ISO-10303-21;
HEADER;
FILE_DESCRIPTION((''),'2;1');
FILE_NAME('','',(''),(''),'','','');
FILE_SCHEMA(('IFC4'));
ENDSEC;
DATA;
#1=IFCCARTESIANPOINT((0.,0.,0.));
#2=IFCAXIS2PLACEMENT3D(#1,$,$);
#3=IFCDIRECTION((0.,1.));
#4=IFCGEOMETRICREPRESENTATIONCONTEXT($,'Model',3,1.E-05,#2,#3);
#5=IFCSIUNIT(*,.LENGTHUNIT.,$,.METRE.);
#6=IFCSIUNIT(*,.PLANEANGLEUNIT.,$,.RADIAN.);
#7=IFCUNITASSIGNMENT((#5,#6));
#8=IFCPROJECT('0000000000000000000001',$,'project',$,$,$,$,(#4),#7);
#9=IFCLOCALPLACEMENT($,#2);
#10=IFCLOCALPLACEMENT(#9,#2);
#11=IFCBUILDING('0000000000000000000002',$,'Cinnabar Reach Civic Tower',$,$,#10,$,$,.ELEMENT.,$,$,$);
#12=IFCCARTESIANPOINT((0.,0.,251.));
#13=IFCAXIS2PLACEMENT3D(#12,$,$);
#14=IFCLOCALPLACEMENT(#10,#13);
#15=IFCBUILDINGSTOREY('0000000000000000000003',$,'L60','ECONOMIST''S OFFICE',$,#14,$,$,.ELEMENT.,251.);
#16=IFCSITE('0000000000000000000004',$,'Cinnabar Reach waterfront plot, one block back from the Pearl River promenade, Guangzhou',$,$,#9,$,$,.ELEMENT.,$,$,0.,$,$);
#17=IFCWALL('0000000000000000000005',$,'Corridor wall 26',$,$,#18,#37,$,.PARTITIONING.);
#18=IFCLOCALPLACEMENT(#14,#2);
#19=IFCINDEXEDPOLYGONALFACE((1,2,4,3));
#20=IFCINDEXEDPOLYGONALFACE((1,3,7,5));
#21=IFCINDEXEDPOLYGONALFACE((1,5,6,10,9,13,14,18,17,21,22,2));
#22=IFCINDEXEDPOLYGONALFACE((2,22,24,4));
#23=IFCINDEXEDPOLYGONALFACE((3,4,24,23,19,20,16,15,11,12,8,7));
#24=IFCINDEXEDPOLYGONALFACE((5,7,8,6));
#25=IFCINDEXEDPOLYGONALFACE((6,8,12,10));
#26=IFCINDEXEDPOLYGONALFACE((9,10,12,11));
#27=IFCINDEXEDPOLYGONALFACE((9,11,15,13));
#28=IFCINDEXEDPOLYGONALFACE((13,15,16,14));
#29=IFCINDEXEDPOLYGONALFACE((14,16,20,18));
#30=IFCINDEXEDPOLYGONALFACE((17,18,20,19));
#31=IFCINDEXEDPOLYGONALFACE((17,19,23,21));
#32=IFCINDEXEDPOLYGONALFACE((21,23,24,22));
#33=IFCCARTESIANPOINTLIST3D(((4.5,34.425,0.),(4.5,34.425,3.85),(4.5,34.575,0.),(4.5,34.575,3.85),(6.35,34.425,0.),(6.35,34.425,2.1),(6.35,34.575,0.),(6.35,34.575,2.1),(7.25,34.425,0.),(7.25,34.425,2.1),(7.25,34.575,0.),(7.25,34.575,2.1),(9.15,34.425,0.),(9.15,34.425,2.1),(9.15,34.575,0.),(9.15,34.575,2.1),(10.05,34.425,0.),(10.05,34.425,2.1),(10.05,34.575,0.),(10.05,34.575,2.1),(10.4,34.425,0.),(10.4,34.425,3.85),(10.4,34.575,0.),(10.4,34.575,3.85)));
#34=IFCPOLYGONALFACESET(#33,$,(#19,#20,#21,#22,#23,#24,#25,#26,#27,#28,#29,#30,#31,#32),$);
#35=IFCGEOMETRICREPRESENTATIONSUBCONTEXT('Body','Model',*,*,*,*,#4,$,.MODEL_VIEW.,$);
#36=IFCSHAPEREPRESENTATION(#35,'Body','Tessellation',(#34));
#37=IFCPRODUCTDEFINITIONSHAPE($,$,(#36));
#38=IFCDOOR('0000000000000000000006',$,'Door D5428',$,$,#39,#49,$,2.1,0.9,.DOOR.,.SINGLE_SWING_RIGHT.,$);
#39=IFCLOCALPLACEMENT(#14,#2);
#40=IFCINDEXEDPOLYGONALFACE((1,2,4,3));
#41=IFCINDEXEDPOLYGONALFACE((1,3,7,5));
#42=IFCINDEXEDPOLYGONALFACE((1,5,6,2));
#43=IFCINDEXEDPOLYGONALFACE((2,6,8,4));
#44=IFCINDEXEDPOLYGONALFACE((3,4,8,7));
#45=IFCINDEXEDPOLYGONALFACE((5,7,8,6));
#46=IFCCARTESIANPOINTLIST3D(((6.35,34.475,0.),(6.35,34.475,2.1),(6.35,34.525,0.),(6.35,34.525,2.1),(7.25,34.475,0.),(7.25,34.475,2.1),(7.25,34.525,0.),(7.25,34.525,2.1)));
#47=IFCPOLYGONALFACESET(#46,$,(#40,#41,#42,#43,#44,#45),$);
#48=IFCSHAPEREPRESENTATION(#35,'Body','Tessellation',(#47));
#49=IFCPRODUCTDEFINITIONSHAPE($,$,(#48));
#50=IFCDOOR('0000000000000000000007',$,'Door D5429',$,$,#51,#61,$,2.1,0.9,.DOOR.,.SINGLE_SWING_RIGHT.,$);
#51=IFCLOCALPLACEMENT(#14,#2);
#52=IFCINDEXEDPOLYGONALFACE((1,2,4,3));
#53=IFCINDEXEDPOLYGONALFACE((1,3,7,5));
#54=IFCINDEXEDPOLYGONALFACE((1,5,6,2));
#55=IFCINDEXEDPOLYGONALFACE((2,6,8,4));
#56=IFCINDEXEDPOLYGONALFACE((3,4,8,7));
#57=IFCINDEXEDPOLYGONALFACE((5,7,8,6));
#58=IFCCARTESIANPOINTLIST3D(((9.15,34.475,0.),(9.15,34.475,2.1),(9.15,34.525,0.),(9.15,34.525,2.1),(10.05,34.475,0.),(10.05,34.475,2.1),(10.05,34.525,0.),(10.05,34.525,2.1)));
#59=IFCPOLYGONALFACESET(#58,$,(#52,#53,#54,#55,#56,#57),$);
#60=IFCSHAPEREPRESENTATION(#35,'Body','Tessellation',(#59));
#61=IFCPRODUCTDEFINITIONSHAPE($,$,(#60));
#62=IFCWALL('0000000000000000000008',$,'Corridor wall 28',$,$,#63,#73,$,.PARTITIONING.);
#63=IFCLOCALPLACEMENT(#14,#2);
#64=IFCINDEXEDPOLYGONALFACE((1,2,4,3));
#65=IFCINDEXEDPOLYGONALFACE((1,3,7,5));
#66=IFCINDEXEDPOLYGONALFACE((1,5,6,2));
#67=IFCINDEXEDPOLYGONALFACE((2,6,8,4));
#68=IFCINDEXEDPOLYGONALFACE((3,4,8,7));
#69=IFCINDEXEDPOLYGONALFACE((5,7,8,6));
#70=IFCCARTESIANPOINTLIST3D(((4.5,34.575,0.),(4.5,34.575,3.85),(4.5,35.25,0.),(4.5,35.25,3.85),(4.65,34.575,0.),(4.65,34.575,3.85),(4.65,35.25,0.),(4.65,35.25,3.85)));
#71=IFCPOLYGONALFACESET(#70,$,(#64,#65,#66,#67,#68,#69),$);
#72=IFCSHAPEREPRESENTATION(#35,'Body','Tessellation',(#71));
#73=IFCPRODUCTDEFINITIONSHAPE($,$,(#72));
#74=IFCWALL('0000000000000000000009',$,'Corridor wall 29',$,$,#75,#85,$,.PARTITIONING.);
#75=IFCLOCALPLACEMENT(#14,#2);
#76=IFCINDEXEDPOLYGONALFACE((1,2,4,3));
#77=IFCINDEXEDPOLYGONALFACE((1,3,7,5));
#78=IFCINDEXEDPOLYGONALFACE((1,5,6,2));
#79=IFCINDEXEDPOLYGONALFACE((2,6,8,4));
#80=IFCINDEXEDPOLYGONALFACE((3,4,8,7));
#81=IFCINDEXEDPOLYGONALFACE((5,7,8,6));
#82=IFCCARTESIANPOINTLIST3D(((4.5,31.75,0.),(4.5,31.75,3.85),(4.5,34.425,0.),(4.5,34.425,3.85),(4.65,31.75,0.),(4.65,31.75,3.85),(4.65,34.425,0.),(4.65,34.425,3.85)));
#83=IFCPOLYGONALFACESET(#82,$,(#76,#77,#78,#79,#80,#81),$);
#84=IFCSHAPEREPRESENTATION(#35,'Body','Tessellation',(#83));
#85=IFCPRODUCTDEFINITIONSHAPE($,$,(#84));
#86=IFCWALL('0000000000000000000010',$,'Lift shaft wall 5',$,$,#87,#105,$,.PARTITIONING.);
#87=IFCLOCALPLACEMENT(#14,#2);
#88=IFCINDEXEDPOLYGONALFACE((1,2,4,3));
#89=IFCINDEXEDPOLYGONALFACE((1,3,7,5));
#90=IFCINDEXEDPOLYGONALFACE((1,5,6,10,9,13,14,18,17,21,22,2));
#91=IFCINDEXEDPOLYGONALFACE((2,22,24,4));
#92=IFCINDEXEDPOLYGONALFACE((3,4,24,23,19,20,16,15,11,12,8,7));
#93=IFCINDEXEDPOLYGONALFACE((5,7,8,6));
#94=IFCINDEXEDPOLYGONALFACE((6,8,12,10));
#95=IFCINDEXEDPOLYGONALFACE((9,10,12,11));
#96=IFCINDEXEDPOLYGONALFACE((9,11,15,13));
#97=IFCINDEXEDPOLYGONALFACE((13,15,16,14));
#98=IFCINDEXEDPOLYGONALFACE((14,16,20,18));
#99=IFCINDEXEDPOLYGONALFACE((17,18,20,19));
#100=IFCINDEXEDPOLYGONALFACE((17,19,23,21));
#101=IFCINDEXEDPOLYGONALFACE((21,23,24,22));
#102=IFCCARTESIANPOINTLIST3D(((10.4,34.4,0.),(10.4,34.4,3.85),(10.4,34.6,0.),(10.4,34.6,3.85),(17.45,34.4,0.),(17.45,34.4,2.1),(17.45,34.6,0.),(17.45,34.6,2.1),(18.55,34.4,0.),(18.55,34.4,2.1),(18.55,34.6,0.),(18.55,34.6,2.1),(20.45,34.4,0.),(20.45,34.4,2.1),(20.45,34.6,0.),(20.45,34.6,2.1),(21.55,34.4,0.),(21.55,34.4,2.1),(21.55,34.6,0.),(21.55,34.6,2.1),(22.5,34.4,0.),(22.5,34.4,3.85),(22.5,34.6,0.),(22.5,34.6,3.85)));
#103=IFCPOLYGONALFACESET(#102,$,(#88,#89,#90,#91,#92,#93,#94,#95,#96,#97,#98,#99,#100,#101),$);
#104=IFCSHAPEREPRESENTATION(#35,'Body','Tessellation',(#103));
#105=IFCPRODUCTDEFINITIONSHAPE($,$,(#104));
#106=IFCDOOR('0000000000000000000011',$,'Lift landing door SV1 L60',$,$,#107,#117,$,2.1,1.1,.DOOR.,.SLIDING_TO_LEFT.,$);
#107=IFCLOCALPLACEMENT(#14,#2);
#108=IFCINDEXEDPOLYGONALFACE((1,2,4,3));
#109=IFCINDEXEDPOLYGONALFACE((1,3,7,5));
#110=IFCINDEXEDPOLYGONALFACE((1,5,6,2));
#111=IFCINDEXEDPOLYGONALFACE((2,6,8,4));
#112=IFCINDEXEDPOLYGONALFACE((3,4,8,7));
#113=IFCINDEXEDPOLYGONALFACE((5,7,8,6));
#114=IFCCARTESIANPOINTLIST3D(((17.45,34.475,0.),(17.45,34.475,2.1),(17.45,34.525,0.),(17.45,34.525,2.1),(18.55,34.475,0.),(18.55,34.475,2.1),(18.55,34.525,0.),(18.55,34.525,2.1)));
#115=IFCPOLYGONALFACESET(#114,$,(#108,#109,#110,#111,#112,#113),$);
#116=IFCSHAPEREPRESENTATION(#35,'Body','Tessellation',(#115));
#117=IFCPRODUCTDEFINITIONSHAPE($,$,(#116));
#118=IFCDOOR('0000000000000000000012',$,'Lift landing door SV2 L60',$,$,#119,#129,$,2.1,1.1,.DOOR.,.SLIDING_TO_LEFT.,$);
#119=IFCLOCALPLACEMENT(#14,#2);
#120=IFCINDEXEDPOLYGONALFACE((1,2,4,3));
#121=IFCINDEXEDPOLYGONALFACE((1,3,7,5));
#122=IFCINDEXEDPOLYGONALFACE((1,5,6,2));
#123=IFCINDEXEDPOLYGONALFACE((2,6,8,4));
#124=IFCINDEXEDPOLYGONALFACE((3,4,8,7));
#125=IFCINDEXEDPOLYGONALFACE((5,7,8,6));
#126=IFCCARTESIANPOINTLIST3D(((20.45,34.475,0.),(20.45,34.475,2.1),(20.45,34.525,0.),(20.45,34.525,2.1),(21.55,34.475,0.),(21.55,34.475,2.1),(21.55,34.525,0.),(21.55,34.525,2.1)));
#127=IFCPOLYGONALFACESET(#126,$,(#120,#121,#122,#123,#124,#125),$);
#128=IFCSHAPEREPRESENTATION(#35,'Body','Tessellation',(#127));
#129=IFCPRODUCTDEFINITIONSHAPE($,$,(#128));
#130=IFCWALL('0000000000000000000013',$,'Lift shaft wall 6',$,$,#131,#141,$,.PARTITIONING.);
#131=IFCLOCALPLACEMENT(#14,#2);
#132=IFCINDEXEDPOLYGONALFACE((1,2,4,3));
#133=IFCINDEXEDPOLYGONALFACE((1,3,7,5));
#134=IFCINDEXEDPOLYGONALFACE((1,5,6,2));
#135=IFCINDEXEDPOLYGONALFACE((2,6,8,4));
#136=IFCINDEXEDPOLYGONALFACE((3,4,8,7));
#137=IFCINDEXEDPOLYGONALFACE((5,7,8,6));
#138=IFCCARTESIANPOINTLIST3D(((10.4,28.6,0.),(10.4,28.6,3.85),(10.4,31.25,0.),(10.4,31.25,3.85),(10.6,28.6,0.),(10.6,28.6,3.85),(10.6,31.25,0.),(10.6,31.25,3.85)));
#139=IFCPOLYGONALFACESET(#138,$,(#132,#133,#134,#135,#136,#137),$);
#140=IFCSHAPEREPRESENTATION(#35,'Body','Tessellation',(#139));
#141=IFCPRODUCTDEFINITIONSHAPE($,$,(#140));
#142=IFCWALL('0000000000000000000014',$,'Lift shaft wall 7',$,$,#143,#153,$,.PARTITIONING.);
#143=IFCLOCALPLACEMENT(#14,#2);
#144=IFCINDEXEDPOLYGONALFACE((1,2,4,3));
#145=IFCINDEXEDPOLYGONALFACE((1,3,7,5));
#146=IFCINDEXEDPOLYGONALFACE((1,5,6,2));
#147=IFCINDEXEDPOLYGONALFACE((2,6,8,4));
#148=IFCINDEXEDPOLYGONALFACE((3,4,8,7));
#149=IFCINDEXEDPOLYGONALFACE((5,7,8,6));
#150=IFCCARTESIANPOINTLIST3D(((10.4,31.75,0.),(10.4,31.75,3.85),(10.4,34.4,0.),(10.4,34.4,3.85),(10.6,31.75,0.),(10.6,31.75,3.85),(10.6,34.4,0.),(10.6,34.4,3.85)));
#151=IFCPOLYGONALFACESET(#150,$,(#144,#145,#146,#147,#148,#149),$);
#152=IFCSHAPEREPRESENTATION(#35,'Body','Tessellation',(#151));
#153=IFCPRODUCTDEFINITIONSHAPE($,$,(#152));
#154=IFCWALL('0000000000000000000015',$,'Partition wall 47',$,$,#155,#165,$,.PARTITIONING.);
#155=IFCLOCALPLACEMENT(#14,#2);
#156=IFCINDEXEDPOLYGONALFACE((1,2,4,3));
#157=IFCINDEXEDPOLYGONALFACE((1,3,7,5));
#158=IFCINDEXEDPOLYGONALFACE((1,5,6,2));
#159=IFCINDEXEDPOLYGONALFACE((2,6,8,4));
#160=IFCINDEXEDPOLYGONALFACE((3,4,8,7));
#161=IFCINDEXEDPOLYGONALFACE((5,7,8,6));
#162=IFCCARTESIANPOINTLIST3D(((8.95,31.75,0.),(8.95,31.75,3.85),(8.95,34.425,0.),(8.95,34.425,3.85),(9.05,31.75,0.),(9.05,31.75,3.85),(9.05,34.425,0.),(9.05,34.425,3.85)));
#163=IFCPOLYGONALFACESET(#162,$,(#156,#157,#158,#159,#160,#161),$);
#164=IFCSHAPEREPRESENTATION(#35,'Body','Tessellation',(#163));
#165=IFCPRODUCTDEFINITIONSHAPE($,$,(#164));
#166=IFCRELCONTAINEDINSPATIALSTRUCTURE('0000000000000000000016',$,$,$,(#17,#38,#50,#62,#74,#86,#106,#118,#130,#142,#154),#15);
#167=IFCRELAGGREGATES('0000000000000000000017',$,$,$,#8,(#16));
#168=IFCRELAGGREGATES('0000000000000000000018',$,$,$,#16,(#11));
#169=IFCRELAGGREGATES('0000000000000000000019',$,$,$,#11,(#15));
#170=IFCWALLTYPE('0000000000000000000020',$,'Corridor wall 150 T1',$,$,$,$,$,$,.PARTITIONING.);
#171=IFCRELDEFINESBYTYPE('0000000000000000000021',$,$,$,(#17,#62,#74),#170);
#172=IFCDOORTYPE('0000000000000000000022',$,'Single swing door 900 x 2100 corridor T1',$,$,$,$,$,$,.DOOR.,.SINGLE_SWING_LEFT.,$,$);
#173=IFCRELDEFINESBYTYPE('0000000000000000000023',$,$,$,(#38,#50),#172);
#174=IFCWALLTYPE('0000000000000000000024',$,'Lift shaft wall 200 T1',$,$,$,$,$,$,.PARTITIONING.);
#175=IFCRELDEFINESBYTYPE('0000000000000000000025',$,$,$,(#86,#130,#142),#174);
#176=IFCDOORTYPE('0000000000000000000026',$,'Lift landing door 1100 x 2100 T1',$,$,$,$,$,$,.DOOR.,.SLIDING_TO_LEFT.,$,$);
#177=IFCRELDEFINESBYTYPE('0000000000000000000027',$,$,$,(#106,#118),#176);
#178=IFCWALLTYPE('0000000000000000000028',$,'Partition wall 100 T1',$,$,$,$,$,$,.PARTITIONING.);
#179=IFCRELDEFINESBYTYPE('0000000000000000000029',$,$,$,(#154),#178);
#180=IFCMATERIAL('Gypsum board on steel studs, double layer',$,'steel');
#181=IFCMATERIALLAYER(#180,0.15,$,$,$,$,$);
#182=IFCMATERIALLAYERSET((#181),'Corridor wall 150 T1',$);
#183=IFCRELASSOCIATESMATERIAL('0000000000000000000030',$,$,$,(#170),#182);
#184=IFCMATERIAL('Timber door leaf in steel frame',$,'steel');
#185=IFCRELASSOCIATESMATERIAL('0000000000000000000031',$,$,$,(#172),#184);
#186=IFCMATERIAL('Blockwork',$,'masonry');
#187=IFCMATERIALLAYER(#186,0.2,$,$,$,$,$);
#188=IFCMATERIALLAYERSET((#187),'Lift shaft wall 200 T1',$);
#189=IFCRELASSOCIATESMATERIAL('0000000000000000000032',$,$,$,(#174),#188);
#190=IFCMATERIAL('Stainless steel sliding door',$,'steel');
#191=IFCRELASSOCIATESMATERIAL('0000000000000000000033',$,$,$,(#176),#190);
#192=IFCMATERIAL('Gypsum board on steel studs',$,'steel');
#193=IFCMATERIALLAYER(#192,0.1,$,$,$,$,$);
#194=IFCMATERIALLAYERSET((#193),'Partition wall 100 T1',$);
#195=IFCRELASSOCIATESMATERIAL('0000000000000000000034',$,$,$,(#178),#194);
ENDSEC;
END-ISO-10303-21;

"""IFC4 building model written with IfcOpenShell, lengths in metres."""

from ifc_helpers import new_model, si_unit, direction, frame, frame_2d, origin, place, context, subcontext, project, spatial, rectangle, extrude, material, layer, layer_set, type_object, element, fill, save


model = new_model("IFC4")

# Units and contexts
model_context = context("Model", 3, precision=1e-05, world=origin(), true_north=direction((0.0, 1.0)))
body_context = subcontext(model_context, "Body", "Model", "MODEL_VIEW")
ifc_project = project(units=[si_unit("LENGTHUNIT", "METRE"), si_unit("PLANEANGLEUNIT", "RADIAN")], contexts=[model_context])

# Site, building, storey
site_placement = place(None, origin())
site = spatial("IfcSite", under=ifc_project, at=site_placement, Name="Cinnabar Reach waterfront plot, one block back from the Pearl River promenade, Guangzhou", CompositionType="ELEMENT", RefElevation=0.0)
building_placement = place(site_placement, origin())
building = spatial("IfcBuilding", under=site, at=building_placement, Name="Cinnabar Reach Civic Tower", CompositionType="ELEMENT")
storey_placement = place(building_placement, frame((0.0, 0.0, 251.0)))
storey = spatial("IfcBuildingStorey", under=building, at=storey_placement, Name="L60", Description="ECONOMIST'S OFFICE", CompositionType="ELEMENT", Elevation=251.0)

# Shared definitions
ifc_material_1 = material(Name="Timber door leaf in steel frame", Category="steel")

# Wall, openings, doors
ifc_material_2 = material(Name="Gypsum board on steel studs, double layer", Category="steel")
ifc_layer_1 = layer(ifc_material_2, 0.15)
ifc_layer_set_1 = layer_set([ifc_layer_1], Name="Corridor wall 150 T1")
wall_type_1 = type_object("IfcWallType", Name="Corridor wall 150 T1", PredefinedType="PARTITIONING", material=ifc_layer_set_1)
wall_1_placement = place(storey_placement, frame((4.5, 34.5, 0.0), z_axis=(0.0, 0.0, 1.0), x_axis=(1.0, 0.0, 0.0)))
wall_1 = element("IfcWall", 1, at=wall_1_placement, inside=storey, type_object=wall_type_1, Name="Corridor wall 26", PredefinedType="PARTITIONING", context=body_context, shape_type="SweptSolid", body=[
    extrude(rectangle(XDim=5.9, YDim=0.15, at=frame_2d((2.95, 0.0))), origin(), (0.0, 0.0, 1.0), 3.85),
])
opening_1_placement = place(wall_1_placement, frame((1.85, 0.0, 0.0)))
opening_1 = element("IfcOpeningElement", 2, at=opening_1_placement, cuts=wall_1, PredefinedType="OPENING", context=body_context, shape_type="SweptSolid", body=[
    extrude(rectangle(XDim=0.9, YDim=2.1, at=frame_2d((0.45, 1.05))), frame((0.0, 0.085, 0.0), z_axis=(0.0, -1.0, 0.0), x_axis=(1.0, 0.0, 0.0)), (0.0, 0.0, 1.0), 0.17),
])
opening_2_placement = place(wall_1_placement, frame((4.65, 0.0, 0.0)))
opening_2 = element("IfcOpeningElement", 3, at=opening_2_placement, cuts=wall_1, PredefinedType="OPENING", context=body_context, shape_type="SweptSolid", body=[
    extrude(rectangle(XDim=0.9, YDim=2.1, at=frame_2d((0.45, 1.05))), frame((0.0, 0.085, 0.0), z_axis=(0.0, -1.0, 0.0), x_axis=(1.0, 0.0, 0.0)), (0.0, 0.0, 1.0), 0.17),
])
door_type_1 = type_object("IfcDoorType", Name="Single swing door 900 x 2100 corridor T1", OperationType="SINGLE_SWING_LEFT", PredefinedType="DOOR", material=ifc_material_1)
door_1_placement = place(opening_1_placement, frame((0.9, 0.0, 0.0), z_axis=(0.0, 0.0, 1.0), x_axis=(-1.0, 0.0, 0.0)))
door_1 = element("IfcDoor", 4, at=door_1_placement, inside=storey, type_object=door_type_1, Name="Door D5428", OperationType="SINGLE_SWING_RIGHT", OverallHeight=2.1, OverallWidth=0.9, PredefinedType="DOOR", context=body_context, shape_type="SweptSolid", body=[
    extrude(rectangle(XDim=0.9, YDim=2.1, at=frame_2d((0.45, 1.05))), frame((0.0, 0.025, 0.0), z_axis=(0.0, -1.0, 0.0), x_axis=(1.0, 0.0, 0.0)), (0.0, 0.0, 1.0), 0.05),
])
fill(opening_1, door_1)
door_2_placement = place(opening_2_placement, frame((0.9, 0.0, 0.0), z_axis=(0.0, 0.0, 1.0), x_axis=(-1.0, 0.0, 0.0)))
door_2 = element("IfcDoor", 5, at=door_2_placement, inside=storey, type_object=door_type_1, Name="Door D5429", OperationType="SINGLE_SWING_RIGHT", OverallHeight=2.1, OverallWidth=0.9, PredefinedType="DOOR", context=body_context, shape_type="SweptSolid", body=[
    extrude(rectangle(XDim=0.9, YDim=2.1, at=frame_2d((0.45, 1.05))), frame((0.0, 0.025, 0.0), z_axis=(0.0, -1.0, 0.0), x_axis=(1.0, 0.0, 0.0)), (0.0, 0.0, 1.0), 0.05),
])
fill(opening_2, door_2)

# Walls
wall_2_placement = place(storey_placement, frame((4.575, 34.575, 0.0), z_axis=(0.0, 0.0, 1.0), x_axis=(0.0, 1.0, 0.0)))
element("IfcWall", 6, at=wall_2_placement, inside=storey, type_object=wall_type_1, Name="Corridor wall 28", PredefinedType="PARTITIONING", context=body_context, shape_type="SweptSolid", body=[
    extrude(rectangle(XDim=0.675, YDim=0.15, at=frame_2d((0.3375, 0.0))), origin(), (0.0, 0.0, 1.0), 3.85),
])
wall_3_placement = place(storey_placement, frame((4.575, 31.75, 0.0), z_axis=(0.0, 0.0, 1.0), x_axis=(0.0, 1.0, 0.0)))
element("IfcWall", 7, at=wall_3_placement, inside=storey, type_object=wall_type_1, Name="Corridor wall 29", PredefinedType="PARTITIONING", context=body_context, shape_type="SweptSolid", body=[
    extrude(rectangle(XDim=2.675, YDim=0.15, at=frame_2d((1.3375, 0.0))), origin(), (0.0, 0.0, 1.0), 3.85),
])

# Wall, openings, doors
ifc_material_3 = material(Name="Blockwork", Category="masonry")
ifc_layer_2 = layer(ifc_material_3, 0.2)
ifc_layer_set_2 = layer_set([ifc_layer_2], Name="Lift shaft wall 200 T1")
wall_type_2 = type_object("IfcWallType", Name="Lift shaft wall 200 T1", PredefinedType="PARTITIONING", material=ifc_layer_set_2)
wall_4_placement = place(storey_placement, frame((10.4, 34.5, 0.0), z_axis=(0.0, 0.0, 1.0), x_axis=(1.0, 0.0, 0.0)))
wall_4 = element("IfcWall", 8, at=wall_4_placement, inside=storey, type_object=wall_type_2, Name="Lift shaft wall 5", PredefinedType="PARTITIONING", context=body_context, shape_type="SweptSolid", body=[
    extrude(rectangle(XDim=12.1, YDim=0.2, at=frame_2d((6.05, 0.0))), origin(), (0.0, 0.0, 1.0), 3.85),
])
opening_3_placement = place(wall_4_placement, frame((7.05, 0.0, 0.0)))
opening_3 = element("IfcOpeningElement", 9, at=opening_3_placement, cuts=wall_4, PredefinedType="OPENING", context=body_context, shape_type="SweptSolid", body=[
    extrude(rectangle(XDim=1.1, YDim=2.1, at=frame_2d((0.55, 1.05))), frame((0.0, 0.11, 0.0), z_axis=(0.0, -1.0, 0.0), x_axis=(1.0, 0.0, 0.0)), (0.0, 0.0, 1.0), 0.22),
])
opening_4_placement = place(wall_4_placement, frame((10.05, 0.0, 0.0)))
opening_4 = element("IfcOpeningElement", 10, at=opening_4_placement, cuts=wall_4, PredefinedType="OPENING", context=body_context, shape_type="SweptSolid", body=[
    extrude(rectangle(XDim=1.1, YDim=2.1, at=frame_2d((0.55, 1.05))), frame((0.0, 0.11, 0.0), z_axis=(0.0, -1.0, 0.0), x_axis=(1.0, 0.0, 0.0)), (0.0, 0.0, 1.0), 0.22),
])
ifc_material_4 = material(Name="Stainless steel sliding door", Category="steel")
door_type_2 = type_object("IfcDoorType", Name="Lift landing door 1100 x 2100 T1", OperationType="SLIDING_TO_LEFT", PredefinedType="DOOR", material=ifc_material_4)
door_3_placement = place(opening_3_placement, origin())
door_3 = element("IfcDoor", 11, at=door_3_placement, inside=storey, type_object=door_type_2, Name="Lift landing door SV1 L60", OperationType="SLIDING_TO_LEFT", OverallHeight=2.1, OverallWidth=1.1, PredefinedType="DOOR", context=body_context, shape_type="SweptSolid", body=[
    extrude(rectangle(XDim=1.1, YDim=2.1, at=frame_2d((0.55, 1.05))), frame((0.0, 0.025, 0.0), z_axis=(0.0, -1.0, 0.0), x_axis=(1.0, 0.0, 0.0)), (0.0, 0.0, 1.0), 0.05),
])
fill(opening_3, door_3)
door_4_placement = place(opening_4_placement, origin())
door_4 = element("IfcDoor", 12, at=door_4_placement, inside=storey, type_object=door_type_2, Name="Lift landing door SV2 L60", OperationType="SLIDING_TO_LEFT", OverallHeight=2.1, OverallWidth=1.1, PredefinedType="DOOR", context=body_context, shape_type="SweptSolid", body=[
    extrude(rectangle(XDim=1.1, YDim=2.1, at=frame_2d((0.55, 1.05))), frame((0.0, 0.025, 0.0), z_axis=(0.0, -1.0, 0.0), x_axis=(1.0, 0.0, 0.0)), (0.0, 0.0, 1.0), 0.05),
])
fill(opening_4, door_4)

# Walls
for number, where, z_axis, x_axis, name in (
    (13, (10.5, 28.6, 0.0), (0.0, 0.0, 1.0), (0.0, 1.0, 0.0), "Lift shaft wall 6"),
    (14, (10.5, 31.75, 0.0), (0.0, 0.0, 1.0), (0.0, 1.0, 0.0), "Lift shaft wall 7"),
):
    element("IfcWall", number, at=place(storey_placement, frame(where, z_axis=z_axis, x_axis=x_axis)), inside=storey, type_object=wall_type_2, Name=name, PredefinedType="PARTITIONING", context=body_context, shape_type="SweptSolid", body=[
        extrude(rectangle(XDim=2.65, YDim=0.2, at=frame_2d((1.325, 0.0))), origin(), (0.0, 0.0, 1.0), 3.85),
    ])
ifc_material_5 = material(Name="Gypsum board on steel studs", Category="steel")
ifc_layer_3 = layer(ifc_material_5, 0.1)
ifc_layer_set_3 = layer_set([ifc_layer_3], Name="Partition wall 100 T1")
wall_type_3 = type_object("IfcWallType", Name="Partition wall 100 T1", PredefinedType="PARTITIONING", material=ifc_layer_set_3)
wall_5_placement = place(storey_placement, frame((9.0, 31.75, 0.0), z_axis=(0.0, 0.0, 1.0), x_axis=(0.0, 1.0, 0.0)))
element("IfcWall", 15, at=wall_5_placement, inside=storey, type_object=wall_type_3, Name="Partition wall 47", PredefinedType="PARTITIONING", context=body_context, shape_type="SweptSolid", body=[
    extrude(rectangle(XDim=2.675, YDim=0.1, at=frame_2d((1.3375, 0.0))), origin(), (0.0, 0.0, 1.0), 3.85),
])

save(model, "model.ifc")
